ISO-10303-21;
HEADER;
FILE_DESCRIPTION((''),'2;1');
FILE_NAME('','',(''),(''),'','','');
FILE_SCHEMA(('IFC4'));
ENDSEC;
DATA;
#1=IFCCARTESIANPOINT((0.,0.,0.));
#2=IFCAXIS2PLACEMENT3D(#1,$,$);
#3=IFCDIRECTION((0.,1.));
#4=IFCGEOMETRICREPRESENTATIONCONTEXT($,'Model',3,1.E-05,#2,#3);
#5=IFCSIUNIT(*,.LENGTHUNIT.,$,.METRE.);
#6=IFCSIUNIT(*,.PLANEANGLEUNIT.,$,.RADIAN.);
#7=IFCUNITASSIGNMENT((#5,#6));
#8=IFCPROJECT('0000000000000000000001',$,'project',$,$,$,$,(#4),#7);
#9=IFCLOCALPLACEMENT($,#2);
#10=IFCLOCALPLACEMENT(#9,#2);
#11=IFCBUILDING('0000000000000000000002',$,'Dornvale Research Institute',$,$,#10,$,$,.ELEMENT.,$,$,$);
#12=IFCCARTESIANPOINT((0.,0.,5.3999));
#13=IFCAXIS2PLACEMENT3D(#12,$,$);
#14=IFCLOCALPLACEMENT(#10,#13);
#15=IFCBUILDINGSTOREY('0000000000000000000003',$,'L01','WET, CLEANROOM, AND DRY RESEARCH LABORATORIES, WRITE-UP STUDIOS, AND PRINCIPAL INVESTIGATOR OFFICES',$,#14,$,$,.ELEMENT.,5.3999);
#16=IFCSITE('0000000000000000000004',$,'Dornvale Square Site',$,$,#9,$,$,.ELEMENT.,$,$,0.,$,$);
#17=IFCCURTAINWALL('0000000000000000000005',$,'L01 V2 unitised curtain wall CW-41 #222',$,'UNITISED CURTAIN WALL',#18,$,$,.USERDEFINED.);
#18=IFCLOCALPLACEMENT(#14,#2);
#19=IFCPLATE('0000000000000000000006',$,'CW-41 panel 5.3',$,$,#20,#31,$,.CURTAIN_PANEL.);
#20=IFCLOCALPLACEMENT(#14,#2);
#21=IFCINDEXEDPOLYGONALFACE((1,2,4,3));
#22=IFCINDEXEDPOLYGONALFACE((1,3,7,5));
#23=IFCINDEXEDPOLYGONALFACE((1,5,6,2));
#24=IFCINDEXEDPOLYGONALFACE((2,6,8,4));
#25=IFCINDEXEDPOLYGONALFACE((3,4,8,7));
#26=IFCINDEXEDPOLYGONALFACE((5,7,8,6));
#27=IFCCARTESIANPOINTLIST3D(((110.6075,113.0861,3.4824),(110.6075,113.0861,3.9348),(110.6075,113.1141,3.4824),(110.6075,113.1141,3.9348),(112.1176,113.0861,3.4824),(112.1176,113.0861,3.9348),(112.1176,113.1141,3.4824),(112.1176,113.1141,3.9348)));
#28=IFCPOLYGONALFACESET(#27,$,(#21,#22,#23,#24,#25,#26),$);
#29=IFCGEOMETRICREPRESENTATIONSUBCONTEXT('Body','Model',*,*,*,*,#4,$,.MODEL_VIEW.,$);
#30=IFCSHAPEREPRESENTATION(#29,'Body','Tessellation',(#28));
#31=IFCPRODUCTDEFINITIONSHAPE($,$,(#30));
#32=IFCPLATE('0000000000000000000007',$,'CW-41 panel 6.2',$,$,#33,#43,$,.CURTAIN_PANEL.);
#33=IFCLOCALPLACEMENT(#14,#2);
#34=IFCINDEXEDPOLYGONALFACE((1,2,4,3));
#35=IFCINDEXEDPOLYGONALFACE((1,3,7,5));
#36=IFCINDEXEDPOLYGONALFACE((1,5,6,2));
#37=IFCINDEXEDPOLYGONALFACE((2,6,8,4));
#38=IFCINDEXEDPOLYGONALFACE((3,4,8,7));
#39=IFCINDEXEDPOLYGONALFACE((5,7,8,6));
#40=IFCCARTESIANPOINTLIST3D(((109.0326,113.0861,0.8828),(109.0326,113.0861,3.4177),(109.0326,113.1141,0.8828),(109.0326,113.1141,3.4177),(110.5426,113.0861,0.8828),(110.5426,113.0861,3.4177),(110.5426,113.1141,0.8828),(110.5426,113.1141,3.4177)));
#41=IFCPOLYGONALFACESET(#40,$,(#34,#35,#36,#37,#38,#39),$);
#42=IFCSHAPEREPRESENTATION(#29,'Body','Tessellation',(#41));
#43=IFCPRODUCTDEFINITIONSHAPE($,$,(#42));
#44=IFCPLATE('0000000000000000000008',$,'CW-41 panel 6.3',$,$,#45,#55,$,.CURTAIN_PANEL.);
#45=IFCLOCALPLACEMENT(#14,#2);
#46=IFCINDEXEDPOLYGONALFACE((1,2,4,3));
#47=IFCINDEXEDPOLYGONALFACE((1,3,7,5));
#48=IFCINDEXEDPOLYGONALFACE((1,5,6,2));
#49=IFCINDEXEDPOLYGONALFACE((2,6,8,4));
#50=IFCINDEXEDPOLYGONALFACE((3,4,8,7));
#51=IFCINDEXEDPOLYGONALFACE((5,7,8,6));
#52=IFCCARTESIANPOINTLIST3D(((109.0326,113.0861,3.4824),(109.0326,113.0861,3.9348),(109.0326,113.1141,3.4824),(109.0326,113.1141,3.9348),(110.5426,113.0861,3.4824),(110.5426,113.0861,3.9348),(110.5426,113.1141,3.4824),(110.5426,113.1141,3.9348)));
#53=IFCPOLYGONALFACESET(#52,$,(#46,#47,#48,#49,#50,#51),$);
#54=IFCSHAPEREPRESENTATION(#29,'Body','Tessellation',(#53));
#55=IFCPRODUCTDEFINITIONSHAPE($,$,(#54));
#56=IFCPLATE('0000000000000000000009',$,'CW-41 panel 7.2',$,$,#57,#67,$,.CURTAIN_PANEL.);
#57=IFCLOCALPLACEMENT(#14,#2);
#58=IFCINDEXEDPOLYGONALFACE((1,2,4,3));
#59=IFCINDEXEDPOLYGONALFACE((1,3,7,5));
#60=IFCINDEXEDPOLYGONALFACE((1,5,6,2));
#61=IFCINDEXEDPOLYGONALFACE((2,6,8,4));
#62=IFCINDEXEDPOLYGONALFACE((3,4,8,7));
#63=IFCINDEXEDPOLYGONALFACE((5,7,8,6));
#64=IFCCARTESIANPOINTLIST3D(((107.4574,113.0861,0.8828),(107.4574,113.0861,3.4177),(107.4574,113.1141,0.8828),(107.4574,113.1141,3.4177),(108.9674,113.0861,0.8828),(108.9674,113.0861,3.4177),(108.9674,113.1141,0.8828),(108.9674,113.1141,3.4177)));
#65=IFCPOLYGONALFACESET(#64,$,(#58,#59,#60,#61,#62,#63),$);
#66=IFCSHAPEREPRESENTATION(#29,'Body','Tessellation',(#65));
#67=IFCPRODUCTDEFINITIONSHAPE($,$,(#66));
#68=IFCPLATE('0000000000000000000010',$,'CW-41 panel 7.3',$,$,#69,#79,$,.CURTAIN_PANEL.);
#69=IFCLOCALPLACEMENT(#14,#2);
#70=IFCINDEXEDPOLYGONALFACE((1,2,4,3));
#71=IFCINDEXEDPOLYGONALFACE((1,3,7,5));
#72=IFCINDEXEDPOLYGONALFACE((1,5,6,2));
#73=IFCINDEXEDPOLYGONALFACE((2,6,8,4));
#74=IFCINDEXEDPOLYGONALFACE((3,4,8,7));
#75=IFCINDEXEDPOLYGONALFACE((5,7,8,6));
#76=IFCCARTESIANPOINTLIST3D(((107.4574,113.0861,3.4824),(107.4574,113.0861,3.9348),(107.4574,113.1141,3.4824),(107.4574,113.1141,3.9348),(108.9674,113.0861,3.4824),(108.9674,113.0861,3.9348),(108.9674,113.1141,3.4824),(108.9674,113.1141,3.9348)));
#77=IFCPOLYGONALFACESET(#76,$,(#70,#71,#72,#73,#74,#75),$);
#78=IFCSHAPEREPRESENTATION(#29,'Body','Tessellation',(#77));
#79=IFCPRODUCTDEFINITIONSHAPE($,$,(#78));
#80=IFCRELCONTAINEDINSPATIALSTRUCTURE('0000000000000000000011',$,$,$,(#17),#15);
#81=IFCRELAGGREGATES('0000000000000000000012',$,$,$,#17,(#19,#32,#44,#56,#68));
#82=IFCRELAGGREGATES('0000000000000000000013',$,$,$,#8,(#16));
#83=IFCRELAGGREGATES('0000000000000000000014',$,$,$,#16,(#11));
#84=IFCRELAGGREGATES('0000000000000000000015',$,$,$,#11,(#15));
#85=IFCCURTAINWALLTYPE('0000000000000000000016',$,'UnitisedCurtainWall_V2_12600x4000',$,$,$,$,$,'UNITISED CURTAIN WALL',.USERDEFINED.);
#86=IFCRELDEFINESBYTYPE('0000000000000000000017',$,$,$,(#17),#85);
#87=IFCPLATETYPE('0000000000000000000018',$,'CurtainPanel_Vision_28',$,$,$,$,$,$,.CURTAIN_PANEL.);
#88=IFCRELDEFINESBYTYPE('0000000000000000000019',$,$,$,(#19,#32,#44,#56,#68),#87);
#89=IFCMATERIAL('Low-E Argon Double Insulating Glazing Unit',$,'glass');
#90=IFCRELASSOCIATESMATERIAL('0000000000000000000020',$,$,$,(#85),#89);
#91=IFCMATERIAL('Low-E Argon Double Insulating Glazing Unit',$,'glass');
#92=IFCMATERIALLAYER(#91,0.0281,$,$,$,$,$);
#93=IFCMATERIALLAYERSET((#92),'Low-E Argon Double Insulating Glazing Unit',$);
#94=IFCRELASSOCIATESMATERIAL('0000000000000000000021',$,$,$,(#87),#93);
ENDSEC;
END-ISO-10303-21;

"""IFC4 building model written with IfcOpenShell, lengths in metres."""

from ifc_helpers import new_model, si_unit, direction, frame, origin, origin_2d, place, context, subcontext, project, spatial, rectangle, extrude, material, layer, layer_set, type_object, element, aggregate, save


model = new_model("IFC4")

# Units and contexts
model_context = context("Model", 3, precision=1e-05, world=origin(), true_north=direction((0.0, 1.0)))
body_context = subcontext(model_context, "Body", "Model", "MODEL_VIEW")
ifc_project = project(units=[si_unit("LENGTHUNIT", "METRE"), si_unit("PLANEANGLEUNIT", "RADIAN")], contexts=[model_context])

# Site, building, storey
site_placement = place(None, origin())
site = spatial("IfcSite", under=ifc_project, at=site_placement, Name="Dornvale Square Site", CompositionType="ELEMENT", RefElevation=0.0)
building_placement = place(site_placement, origin())
building = spatial("IfcBuilding", under=site, at=building_placement, Name="Dornvale Research Institute", CompositionType="ELEMENT")
storey_placement = place(building_placement, frame((0.0, 0.0, 5.3999)))
storey = spatial("IfcBuildingStorey", under=building, at=storey_placement, Name="L01", Description="WET, CLEANROOM, AND DRY RESEARCH LABORATORIES, WRITE-UP STUDIOS, AND PRINCIPAL INVESTIGATOR OFFICES", CompositionType="ELEMENT", Elevation=5.3999)

# Curtain wall, plates
ifc_material_1 = material(Name="Low-E Argon Double Insulating Glazing Unit", Category="glass")
curtain_wall_type = type_object("IfcCurtainWallType", Name="UnitisedCurtainWall_V2_12600x4000", ElementType="UNITISED CURTAIN WALL", PredefinedType="USERDEFINED", material=ifc_material_1)
curtain_wall_placement = place(storey_placement, origin())
curtain_wall = element("IfcCurtainWall", 1, at=curtain_wall_placement, inside=storey, type_object=curtain_wall_type, Name="L01 V2 unitised curtain wall CW-41 #222", ObjectType="UNITISED CURTAIN WALL", PredefinedType="USERDEFINED")
ifc_material_2 = material(Name="Low-E Argon Double Insulating Glazing Unit", Category="glass")
ifc_layer_1 = layer(ifc_material_2, 0.0281)
ifc_layer_set_1 = layer_set([ifc_layer_1], Name="Low-E Argon Double Insulating Glazing Unit")
plate_type_1 = type_object("IfcPlateType", Name="CurtainPanel_Vision_28", PredefinedType="CURTAIN_PANEL", material=ifc_layer_set_1)
plate_1_placement = place(storey_placement, frame((111.3625, 113.1001, 3.4824), z_axis=(0.0, 0.0, 1.0), x_axis=(-1.0, 0.0, 0.0)))
plate_1 = element("IfcPlate", 2, at=plate_1_placement, type_object=plate_type_1, Name="CW-41 panel 5.3", PredefinedType="CURTAIN_PANEL", context=body_context, shape_type="SweptSolid", body=[
    extrude(rectangle(XDim=1.51, YDim=0.0281, at=origin_2d()), origin(), (0.0, 0.0, 1.0), 0.4524),
])
plate_2_placement = place(storey_placement, frame((109.7876, 113.1001, 0.8828), z_axis=(0.0, 0.0, 1.0), x_axis=(-1.0, 0.0, 0.0)))
plate_2 = element("IfcPlate", 3, at=plate_2_placement, type_object=plate_type_1, Name="CW-41 panel 6.2", PredefinedType="CURTAIN_PANEL", context=body_context, shape_type="SweptSolid", body=[
    extrude(rectangle(XDim=1.51, YDim=0.0281, at=origin_2d()), origin(), (0.0, 0.0, 1.0), 2.5349),
])
plate_3_placement = place(storey_placement, frame((109.7876, 113.1001, 3.4824), z_axis=(0.0, 0.0, 1.0), x_axis=(-1.0, 0.0, 0.0)))
plate_3 = element("IfcPlate", 4, at=plate_3_placement, type_object=plate_type_1, Name="CW-41 panel 6.3", PredefinedType="CURTAIN_PANEL", context=body_context, shape_type="SweptSolid", body=[
    extrude(rectangle(XDim=1.51, YDim=0.0281, at=origin_2d()), origin(), (0.0, 0.0, 1.0), 0.4524),
])
plate_4_placement = place(storey_placement, frame((108.2124, 113.1001, 0.8828), z_axis=(0.0, 0.0, 1.0), x_axis=(-1.0, 0.0, 0.0)))
plate_4 = element("IfcPlate", 5, at=plate_4_placement, type_object=plate_type_1, Name="CW-41 panel 7.2", PredefinedType="CURTAIN_PANEL", context=body_context, shape_type="SweptSolid", body=[
    extrude(rectangle(XDim=1.51, YDim=0.0281, at=origin_2d()), origin(), (0.0, 0.0, 1.0), 2.5349),
])
plate_5_placement = place(storey_placement, frame((108.2124, 113.1001, 3.4824), z_axis=(0.0, 0.0, 1.0), x_axis=(-1.0, 0.0, 0.0)))
plate_5 = element("IfcPlate", 6, at=plate_5_placement, type_object=plate_type_1, Name="CW-41 panel 7.3", PredefinedType="CURTAIN_PANEL", context=body_context, shape_type="SweptSolid", body=[
    extrude(rectangle(XDim=1.51, YDim=0.0281, at=origin_2d()), origin(), (0.0, 0.0, 1.0), 0.4524),
])
aggregate(curtain_wall, [plate_1, plate_2, plate_3, plate_4, plate_5])

save(model, "model.ifc")
